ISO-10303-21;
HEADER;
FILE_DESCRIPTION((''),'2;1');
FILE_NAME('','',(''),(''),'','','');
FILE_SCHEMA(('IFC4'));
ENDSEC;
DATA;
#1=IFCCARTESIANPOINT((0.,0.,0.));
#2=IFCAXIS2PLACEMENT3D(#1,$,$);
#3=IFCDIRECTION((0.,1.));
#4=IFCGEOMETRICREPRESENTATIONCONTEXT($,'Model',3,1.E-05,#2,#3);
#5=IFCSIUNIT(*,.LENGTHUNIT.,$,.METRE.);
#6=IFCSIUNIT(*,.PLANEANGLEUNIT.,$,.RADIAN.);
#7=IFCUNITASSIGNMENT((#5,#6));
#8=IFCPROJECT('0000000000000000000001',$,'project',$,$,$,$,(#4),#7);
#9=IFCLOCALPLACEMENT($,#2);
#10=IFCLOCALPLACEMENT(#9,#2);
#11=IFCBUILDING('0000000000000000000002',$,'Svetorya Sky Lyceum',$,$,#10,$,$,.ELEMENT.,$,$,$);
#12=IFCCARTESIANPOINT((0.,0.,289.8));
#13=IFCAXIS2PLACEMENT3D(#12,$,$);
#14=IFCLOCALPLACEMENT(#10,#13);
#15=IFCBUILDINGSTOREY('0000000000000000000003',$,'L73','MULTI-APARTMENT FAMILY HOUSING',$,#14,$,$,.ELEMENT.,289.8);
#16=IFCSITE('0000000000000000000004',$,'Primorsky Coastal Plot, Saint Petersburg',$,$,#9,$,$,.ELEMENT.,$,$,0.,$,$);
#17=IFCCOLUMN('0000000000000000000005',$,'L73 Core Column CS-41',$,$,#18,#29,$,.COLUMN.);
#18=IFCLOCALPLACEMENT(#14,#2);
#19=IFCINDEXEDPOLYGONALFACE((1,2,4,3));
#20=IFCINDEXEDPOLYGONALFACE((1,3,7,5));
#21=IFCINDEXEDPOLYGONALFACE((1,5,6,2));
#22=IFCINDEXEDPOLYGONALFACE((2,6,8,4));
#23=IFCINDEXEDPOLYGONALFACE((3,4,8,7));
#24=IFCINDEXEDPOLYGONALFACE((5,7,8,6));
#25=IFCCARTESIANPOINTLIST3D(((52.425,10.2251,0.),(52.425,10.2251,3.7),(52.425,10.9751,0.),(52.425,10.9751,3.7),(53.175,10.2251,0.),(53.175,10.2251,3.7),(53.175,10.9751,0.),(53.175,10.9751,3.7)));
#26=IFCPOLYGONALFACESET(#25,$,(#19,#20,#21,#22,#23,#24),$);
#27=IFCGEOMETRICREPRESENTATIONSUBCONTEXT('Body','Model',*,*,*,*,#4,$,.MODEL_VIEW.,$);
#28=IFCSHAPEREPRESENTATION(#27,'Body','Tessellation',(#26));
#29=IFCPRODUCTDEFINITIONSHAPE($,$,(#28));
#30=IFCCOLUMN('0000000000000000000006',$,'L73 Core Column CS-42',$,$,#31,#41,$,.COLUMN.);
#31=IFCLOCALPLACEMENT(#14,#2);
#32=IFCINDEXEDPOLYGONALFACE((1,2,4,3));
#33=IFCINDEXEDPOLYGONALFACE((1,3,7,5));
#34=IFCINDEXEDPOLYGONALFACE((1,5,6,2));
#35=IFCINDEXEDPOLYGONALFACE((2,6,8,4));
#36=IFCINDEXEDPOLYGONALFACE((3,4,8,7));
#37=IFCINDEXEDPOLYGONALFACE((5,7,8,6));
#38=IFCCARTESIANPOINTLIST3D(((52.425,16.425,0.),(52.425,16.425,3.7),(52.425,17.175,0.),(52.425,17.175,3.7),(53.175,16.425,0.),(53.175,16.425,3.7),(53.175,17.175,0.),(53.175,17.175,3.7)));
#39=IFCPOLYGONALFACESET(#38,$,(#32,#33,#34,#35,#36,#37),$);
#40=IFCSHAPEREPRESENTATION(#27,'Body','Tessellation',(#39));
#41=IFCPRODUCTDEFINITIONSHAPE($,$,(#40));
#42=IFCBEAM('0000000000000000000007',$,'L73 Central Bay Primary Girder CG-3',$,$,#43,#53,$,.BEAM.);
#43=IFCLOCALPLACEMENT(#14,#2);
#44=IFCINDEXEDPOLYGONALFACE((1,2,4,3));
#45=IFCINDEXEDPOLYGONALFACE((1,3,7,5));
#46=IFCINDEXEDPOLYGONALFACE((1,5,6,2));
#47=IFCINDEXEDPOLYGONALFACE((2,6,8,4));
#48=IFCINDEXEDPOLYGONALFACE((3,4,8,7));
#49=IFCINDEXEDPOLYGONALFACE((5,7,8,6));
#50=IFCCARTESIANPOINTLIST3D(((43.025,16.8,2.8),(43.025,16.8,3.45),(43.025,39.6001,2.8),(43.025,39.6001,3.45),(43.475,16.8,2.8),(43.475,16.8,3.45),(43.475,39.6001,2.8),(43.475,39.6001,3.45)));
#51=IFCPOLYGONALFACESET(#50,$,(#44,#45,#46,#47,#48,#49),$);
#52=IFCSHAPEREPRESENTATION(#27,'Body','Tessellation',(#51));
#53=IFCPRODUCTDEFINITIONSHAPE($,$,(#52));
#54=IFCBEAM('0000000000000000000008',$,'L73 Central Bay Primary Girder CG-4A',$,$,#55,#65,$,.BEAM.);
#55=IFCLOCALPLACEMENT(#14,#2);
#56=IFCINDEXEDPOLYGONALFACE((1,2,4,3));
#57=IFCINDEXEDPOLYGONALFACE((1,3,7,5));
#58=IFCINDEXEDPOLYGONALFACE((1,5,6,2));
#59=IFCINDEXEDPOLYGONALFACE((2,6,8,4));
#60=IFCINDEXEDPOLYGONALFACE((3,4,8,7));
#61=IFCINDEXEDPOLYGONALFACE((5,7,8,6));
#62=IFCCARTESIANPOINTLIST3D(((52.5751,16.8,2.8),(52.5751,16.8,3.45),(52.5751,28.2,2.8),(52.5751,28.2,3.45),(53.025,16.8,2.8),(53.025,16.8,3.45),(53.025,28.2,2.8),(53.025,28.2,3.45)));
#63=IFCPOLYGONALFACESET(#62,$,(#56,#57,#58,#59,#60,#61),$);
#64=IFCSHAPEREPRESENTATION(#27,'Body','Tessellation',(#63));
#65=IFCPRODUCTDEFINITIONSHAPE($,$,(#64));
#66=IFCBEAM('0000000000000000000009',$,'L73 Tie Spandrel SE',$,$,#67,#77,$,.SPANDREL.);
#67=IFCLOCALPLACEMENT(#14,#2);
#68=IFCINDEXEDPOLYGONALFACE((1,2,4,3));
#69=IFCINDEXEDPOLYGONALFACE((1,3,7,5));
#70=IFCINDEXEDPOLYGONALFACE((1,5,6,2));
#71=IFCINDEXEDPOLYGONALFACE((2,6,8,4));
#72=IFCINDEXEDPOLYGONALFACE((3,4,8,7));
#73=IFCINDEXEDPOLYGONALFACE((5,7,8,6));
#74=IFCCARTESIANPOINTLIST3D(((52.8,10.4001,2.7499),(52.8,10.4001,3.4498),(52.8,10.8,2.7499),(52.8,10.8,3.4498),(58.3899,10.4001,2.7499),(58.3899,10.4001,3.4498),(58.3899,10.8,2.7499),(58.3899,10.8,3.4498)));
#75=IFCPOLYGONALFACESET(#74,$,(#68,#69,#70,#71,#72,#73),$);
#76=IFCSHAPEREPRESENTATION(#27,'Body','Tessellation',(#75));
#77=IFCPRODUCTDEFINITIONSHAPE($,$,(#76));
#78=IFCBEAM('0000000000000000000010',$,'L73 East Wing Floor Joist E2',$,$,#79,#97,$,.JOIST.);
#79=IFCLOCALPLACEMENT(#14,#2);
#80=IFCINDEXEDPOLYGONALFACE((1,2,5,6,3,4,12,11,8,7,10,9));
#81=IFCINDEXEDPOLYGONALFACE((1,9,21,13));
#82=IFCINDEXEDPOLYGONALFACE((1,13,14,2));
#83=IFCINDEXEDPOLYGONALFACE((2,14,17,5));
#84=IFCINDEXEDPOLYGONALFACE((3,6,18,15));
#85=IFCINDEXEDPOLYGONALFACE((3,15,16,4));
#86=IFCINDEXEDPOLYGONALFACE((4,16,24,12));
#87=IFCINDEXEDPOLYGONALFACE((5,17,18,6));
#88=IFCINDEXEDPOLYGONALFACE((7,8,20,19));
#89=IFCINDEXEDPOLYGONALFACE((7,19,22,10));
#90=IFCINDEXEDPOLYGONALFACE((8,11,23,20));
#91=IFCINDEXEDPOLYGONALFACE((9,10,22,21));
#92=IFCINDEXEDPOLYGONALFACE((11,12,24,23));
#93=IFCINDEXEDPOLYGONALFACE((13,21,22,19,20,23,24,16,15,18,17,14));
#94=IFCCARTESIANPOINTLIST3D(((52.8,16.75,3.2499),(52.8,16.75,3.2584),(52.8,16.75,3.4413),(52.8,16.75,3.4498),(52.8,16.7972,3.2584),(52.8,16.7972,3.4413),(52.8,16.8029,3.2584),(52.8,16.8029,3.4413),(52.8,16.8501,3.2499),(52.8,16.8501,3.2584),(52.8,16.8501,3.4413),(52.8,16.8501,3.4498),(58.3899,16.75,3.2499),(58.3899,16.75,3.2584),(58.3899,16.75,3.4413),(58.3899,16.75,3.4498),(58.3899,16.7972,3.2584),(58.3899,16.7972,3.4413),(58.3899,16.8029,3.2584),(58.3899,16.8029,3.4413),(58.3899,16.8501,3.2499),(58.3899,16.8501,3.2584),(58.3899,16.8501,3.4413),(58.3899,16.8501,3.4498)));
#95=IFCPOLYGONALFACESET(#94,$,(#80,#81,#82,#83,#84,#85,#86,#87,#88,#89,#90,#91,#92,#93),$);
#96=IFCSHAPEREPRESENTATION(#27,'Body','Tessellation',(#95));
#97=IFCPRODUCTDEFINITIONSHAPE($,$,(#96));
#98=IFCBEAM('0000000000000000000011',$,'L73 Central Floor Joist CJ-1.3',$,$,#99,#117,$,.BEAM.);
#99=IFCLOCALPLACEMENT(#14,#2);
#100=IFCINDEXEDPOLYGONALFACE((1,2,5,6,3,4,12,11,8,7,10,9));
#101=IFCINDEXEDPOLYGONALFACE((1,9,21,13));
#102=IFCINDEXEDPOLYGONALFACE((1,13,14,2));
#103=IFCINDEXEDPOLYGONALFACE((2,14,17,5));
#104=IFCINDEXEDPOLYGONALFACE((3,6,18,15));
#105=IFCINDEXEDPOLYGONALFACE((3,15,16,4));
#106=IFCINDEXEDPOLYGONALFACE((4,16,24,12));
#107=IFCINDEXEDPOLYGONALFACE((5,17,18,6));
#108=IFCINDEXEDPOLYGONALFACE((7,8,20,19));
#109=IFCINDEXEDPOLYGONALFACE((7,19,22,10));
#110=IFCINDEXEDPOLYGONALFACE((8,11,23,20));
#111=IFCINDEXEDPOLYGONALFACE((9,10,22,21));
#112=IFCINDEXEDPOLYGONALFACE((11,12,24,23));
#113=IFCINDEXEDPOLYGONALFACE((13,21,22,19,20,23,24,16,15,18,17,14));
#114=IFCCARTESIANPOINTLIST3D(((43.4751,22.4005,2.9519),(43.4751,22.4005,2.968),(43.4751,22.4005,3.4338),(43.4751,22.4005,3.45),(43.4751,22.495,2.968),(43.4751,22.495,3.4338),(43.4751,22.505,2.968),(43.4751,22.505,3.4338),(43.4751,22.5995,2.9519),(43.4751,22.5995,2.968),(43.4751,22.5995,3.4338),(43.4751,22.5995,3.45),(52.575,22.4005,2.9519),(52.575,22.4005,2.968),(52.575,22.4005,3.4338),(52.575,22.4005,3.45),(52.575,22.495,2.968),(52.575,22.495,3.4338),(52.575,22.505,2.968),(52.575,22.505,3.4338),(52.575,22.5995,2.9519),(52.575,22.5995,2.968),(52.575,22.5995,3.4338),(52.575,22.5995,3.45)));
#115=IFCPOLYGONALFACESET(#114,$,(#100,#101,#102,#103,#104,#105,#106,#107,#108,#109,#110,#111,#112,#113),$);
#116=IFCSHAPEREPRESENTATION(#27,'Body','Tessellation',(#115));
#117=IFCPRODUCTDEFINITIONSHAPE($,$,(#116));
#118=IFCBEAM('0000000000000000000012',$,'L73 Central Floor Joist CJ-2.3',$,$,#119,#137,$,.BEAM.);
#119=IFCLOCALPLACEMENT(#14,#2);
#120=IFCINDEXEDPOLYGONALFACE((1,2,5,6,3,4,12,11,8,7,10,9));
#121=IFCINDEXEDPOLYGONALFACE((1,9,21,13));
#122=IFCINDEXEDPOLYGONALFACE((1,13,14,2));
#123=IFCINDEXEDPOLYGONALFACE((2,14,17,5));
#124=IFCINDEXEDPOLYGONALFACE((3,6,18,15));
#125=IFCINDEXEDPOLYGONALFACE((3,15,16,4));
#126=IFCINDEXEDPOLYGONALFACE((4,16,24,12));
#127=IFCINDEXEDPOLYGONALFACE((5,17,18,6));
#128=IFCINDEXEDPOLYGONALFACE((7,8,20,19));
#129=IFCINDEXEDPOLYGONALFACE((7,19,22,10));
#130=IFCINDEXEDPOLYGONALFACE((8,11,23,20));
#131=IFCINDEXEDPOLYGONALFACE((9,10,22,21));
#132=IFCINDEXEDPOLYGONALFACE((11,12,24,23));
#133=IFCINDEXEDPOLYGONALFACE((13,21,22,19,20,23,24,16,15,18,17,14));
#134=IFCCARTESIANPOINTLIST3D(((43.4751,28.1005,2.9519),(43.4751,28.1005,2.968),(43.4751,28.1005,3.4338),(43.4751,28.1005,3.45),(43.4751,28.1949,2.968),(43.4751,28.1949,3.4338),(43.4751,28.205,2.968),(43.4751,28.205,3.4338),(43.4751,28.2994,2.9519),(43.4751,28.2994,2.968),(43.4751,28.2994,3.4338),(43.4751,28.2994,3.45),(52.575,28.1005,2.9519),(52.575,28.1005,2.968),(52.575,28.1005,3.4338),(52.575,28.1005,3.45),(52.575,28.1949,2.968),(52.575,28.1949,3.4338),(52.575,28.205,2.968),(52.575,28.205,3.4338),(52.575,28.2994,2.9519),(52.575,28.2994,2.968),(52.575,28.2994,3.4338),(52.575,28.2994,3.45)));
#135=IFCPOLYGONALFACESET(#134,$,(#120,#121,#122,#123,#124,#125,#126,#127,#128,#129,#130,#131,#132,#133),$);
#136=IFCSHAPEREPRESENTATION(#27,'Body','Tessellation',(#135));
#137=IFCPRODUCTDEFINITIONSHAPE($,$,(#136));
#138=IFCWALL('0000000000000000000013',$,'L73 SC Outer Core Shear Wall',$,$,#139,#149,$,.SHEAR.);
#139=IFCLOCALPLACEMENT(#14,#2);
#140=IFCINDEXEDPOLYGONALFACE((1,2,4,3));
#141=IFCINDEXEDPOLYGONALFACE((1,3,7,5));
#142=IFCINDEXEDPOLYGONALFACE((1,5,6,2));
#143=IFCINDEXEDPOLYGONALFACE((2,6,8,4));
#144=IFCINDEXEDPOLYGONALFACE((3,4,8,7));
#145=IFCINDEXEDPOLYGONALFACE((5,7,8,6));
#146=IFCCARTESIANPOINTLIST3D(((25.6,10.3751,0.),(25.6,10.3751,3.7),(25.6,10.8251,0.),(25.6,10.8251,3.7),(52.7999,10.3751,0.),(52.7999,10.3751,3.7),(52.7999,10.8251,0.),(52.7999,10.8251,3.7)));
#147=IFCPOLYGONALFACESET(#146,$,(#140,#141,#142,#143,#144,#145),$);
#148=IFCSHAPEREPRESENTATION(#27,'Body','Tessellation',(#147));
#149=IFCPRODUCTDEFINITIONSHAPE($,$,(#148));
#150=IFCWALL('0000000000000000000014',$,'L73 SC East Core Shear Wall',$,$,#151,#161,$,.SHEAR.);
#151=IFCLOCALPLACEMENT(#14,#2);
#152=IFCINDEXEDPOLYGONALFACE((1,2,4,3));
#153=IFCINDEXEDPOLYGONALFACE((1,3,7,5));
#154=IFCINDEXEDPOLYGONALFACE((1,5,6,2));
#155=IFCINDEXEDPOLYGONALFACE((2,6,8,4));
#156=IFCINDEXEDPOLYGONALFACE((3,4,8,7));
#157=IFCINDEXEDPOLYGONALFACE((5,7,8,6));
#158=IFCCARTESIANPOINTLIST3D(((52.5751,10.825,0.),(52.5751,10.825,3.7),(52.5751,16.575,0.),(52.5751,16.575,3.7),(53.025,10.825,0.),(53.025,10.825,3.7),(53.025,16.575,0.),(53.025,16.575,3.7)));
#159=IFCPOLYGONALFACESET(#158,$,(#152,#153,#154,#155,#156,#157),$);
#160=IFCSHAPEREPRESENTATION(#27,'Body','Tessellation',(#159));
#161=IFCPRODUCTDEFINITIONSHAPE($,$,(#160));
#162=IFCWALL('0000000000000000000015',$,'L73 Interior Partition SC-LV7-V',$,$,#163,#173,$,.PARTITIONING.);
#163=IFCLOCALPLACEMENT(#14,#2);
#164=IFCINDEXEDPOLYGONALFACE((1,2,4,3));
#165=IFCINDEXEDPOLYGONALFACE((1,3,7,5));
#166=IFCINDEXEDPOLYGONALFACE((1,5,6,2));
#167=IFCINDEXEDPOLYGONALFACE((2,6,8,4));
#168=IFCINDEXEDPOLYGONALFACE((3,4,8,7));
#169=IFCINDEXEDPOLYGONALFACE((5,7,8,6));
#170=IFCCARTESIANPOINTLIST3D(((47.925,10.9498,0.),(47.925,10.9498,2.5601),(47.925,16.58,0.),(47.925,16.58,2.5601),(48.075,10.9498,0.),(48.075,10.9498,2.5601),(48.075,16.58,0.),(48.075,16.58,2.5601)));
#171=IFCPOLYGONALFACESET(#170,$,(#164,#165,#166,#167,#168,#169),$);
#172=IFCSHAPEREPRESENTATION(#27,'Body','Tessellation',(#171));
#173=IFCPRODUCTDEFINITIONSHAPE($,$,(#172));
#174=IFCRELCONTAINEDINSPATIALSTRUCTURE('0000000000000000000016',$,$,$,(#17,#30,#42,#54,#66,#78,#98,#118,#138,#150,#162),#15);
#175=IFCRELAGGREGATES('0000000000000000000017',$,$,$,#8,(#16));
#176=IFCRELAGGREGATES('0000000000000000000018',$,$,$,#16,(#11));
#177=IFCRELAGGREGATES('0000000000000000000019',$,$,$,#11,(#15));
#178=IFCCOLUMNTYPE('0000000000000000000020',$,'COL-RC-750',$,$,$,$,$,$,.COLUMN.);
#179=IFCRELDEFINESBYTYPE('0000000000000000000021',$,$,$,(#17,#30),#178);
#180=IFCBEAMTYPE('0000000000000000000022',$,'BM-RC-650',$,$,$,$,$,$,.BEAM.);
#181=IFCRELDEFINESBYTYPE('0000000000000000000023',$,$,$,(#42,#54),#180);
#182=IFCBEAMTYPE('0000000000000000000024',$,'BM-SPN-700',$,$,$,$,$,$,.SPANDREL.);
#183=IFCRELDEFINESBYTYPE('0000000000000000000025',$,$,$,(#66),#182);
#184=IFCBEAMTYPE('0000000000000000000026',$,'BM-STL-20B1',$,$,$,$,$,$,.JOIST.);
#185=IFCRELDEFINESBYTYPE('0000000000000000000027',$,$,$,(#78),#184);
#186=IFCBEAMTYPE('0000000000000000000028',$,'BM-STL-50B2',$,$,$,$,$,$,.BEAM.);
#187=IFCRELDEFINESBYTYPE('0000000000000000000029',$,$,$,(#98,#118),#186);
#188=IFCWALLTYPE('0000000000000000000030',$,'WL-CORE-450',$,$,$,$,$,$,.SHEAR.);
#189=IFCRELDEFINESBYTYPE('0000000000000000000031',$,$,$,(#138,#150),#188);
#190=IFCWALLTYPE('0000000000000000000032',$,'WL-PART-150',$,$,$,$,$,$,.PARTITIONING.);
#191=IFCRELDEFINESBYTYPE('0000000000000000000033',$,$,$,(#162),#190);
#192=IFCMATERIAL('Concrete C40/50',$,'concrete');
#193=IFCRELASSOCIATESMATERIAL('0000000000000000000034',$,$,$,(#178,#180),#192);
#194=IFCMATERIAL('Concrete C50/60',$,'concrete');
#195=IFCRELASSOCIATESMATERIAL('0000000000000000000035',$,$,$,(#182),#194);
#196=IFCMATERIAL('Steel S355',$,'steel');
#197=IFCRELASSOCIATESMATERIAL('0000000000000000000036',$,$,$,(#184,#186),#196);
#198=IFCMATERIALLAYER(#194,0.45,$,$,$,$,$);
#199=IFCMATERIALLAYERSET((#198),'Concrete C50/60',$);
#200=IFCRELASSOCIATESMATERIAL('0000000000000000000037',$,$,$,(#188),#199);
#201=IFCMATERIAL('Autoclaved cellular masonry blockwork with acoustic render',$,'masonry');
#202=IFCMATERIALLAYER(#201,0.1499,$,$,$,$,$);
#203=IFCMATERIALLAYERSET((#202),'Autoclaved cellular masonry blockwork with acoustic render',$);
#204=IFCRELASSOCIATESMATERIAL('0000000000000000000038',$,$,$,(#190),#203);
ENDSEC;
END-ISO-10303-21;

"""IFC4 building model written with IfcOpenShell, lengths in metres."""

from ifc_helpers import new_model, si_unit, direction, frame, frame_2d, origin, origin_2d, place, context, subcontext, project, spatial, rectangle, i_section, extrude, material, layer, layer_set, material_profile, profile_set, type_object, element, save


model = new_model("IFC4")

# Units and contexts
model_context = context("Model", 3, precision=1e-05, world=origin(), true_north=direction((0.0, 1.0)))
body_context = subcontext(model_context, "Body", "Model", "MODEL_VIEW")
ifc_project = project(units=[si_unit("LENGTHUNIT", "METRE"), si_unit("PLANEANGLEUNIT", "RADIAN")], contexts=[model_context])

# Site, building, storey
site_placement = place(None, origin())
site = spatial("IfcSite", under=ifc_project, at=site_placement, Name="Primorsky Coastal Plot, Saint Petersburg", CompositionType="ELEMENT", RefElevation=0.0)
building_placement = place(site_placement, origin())
building = spatial("IfcBuilding", under=site, at=building_placement, Name="Svetorya Sky Lyceum", CompositionType="ELEMENT")
storey_placement = place(building_placement, frame((0.0, 0.0, 289.8)))
storey = spatial("IfcBuildingStorey", under=building, at=storey_placement, Name="L73", Description="MULTI-APARTMENT FAMILY HOUSING", CompositionType="ELEMENT", Elevation=289.8)

# Columns
ifc_material_1 = material(Name="Concrete C40/50", Category="concrete")
ifc_material_profile_1 = material_profile(ifc_material_1, rectangle(XDim=0.75, YDim=0.75, at=origin_2d()), Name="RC COL 750x750")
ifc_profile_set_1 = profile_set([ifc_material_profile_1], Name="Concrete C40/50")
column_type = type_object("IfcColumnType", Name="COL-RC-750", PredefinedType="COLUMN", material=ifc_profile_set_1)
for number, where, z_axis, x_axis, name in (
    (1, (52.8, 10.6001, 0.0), (0.0, 0.0, 1.0), (1.0, 0.0, 0.0), "L73 Core Column CS-41"),
    (2, (52.8, 16.8, 0.0), (0.0, 0.0, 1.0), (1.0, 0.0, 0.0), "L73 Core Column CS-42"),
):
    element("IfcColumn", number, at=place(storey_placement, frame(where, z_axis=z_axis, x_axis=x_axis)), inside=storey, type_object=column_type, Name=name, PredefinedType="COLUMN", context=body_context, shape_type="SweptSolid", body=[
        extrude(rectangle(XDim=0.75, YDim=0.75, at=origin_2d()), origin(), (0.0, 0.0, 1.0), 3.7),
    ])

# Beams
ifc_material_profile_2 = material_profile(ifc_material_1, rectangle(XDim=0.45, YDim=0.6499, at=origin_2d()), Name="RC BEAM 450x650")
ifc_profile_set_2 = profile_set([ifc_material_profile_2], Name="Concrete C40/50")
beam_type_1 = type_object("IfcBeamType", Name="BM-RC-650", PredefinedType="BEAM", material=ifc_profile_set_2)
beam_1_placement = place(storey_placement, frame((43.25, 16.8, 3.125), z_axis=(0.0, 1.0, 0.0), x_axis=(-1.0, 0.0, 0.0)))
element("IfcBeam", 3, at=beam_1_placement, inside=storey, type_object=beam_type_1, Name="L73 Central Bay Primary Girder CG-3", PredefinedType="BEAM", context=body_context, shape_type="SweptSolid", body=[
    extrude(rectangle(XDim=0.45, YDim=0.6499, at=origin_2d()), origin(), (0.0, 0.0, 1.0), 22.8),
])
beam_2_placement = place(storey_placement, frame((52.8, 16.8, 3.125), z_axis=(0.0, 1.0, 0.0), x_axis=(-1.0, 0.0, 0.0)))
element("IfcBeam", 4, at=beam_2_placement, inside=storey, type_object=beam_type_1, Name="L73 Central Bay Primary Girder CG-4A", PredefinedType="BEAM", context=body_context, shape_type="SweptSolid", body=[
    extrude(rectangle(XDim=0.45, YDim=0.6499, at=origin_2d()), origin(), (0.0, 0.0, 1.0), 11.3999),
])
ifc_material_2 = material(Name="Concrete C50/60", Category="concrete")
ifc_material_profile_3 = material_profile(ifc_material_2, rectangle(XDim=0.3999, YDim=0.7, at=origin_2d()), Name="RC SPANDREL 400x700")
ifc_profile_set_3 = profile_set([ifc_material_profile_3], Name="Concrete C50/60")
beam_type_2 = type_object("IfcBeamType", Name="BM-SPN-700", PredefinedType="SPANDREL", material=ifc_profile_set_3)
beam_3_placement = place(storey_placement, frame((52.8, 10.6001, 3.0999), z_axis=(1.0, 0.0, 0.0), x_axis=(0.0, 1.0, 0.0)))
element("IfcBeam", 5, at=beam_3_placement, inside=storey, type_object=beam_type_2, Name="L73 Tie Spandrel SE", PredefinedType="SPANDREL", context=body_context, shape_type="SweptSolid", body=[
    extrude(rectangle(XDim=0.3999, YDim=0.7, at=origin_2d()), origin(), (0.0, 0.0, 1.0), 5.5898),
])
ifc_material_3 = material(Name="Steel S355", Category="steel")
ifc_material_profile_4 = material_profile(ifc_material_3, i_section(OverallWidth=0.1001, OverallDepth=0.2, WebThickness=0.0056, FlangeThickness=0.0085, at=origin_2d()), Name="GOST 20B1")
ifc_profile_set_4 = profile_set([ifc_material_profile_4], Name="Steel S355")
beam_type_3 = type_object("IfcBeamType", Name="BM-STL-20B1", PredefinedType="JOIST", material=ifc_profile_set_4)
beam_4_placement = place(storey_placement, frame((52.8, 16.8, 3.3499), z_axis=(1.0, 0.0, 0.0), x_axis=(0.0, 1.0, 0.0)))
element("IfcBeam", 6, at=beam_4_placement, inside=storey, type_object=beam_type_3, Name="L73 East Wing Floor Joist E2", PredefinedType="JOIST", context=body_context, shape_type="SweptSolid", body=[
    extrude(i_section(OverallWidth=0.1001, OverallDepth=0.2, WebThickness=0.0056, FlangeThickness=0.0085, at=origin_2d()), origin(), (0.0, 0.0, 1.0), 5.5898),
])
ifc_material_profile_5 = material_profile(ifc_material_3, i_section(OverallWidth=0.199, OverallDepth=0.498, WebThickness=0.01, FlangeThickness=0.0161, at=origin_2d()), Name="GOST 50B2")
ifc_profile_set_5 = profile_set([ifc_material_profile_5], Name="Steel S355")
beam_type_4 = type_object("IfcBeamType", Name="BM-STL-50B2", PredefinedType="BEAM", material=ifc_profile_set_5)
for number, where, z_axis, x_axis, name in (
    (7, (43.4751, 22.5, 3.2009), (1.0, 0.0, 0.0), (0.0, 1.0, 0.0), "L73 Central Floor Joist CJ-1.3"),
    (8, (43.4751, 28.2, 3.2009), (1.0, 0.0, 0.0), (0.0, 1.0, 0.0), "L73 Central Floor Joist CJ-2.3"),
):
    element("IfcBeam", number, at=place(storey_placement, frame(where, z_axis=z_axis, x_axis=x_axis)), inside=storey, type_object=beam_type_4, Name=name, PredefinedType="BEAM", context=body_context, shape_type="SweptSolid", body=[
        extrude(i_section(OverallWidth=0.199, OverallDepth=0.498, WebThickness=0.01, FlangeThickness=0.0161, at=origin_2d()), origin(), (0.0, 0.0, 1.0), 9.0999),
    ])

# Walls
ifc_layer_1 = layer(ifc_material_2, 0.45)
ifc_layer_set_1 = layer_set([ifc_layer_1], Name="Concrete C50/60")
wall_type_1 = type_object("IfcWallType", Name="WL-CORE-450", PredefinedType="SHEAR", material=ifc_layer_set_1)
wall_1_placement = place(storey_placement, frame((52.8, 10.6001, 0.0), z_axis=(0.0, 0.0, 1.0), x_axis=(-1.0, 0.0, 0.0)))
element("IfcWall", 9, at=wall_1_placement, inside=storey, type_object=wall_type_1, Name="L73 SC Outer Core Shear Wall", PredefinedType="SHEAR", context=body_context, shape_type="SweptSolid", body=[
    extrude(rectangle(XDim=27.2, YDim=0.45, at=frame_2d((13.6001, 0.0))), origin(), (0.0, 0.0, 1.0), 3.7),
])
wall_2_placement = place(storey_placement, frame((52.8, 10.825, 0.0), z_axis=(0.0, 0.0, 1.0), x_axis=(0.0, 1.0, 0.0)))
element("IfcWall", 10, at=wall_2_placement, inside=storey, type_object=wall_type_1, Name="L73 SC East Core Shear Wall", PredefinedType="SHEAR", context=body_context, shape_type="SweptSolid", body=[
    extrude(rectangle(XDim=5.75, YDim=0.45, at=frame_2d((2.875, 0.0))), origin(), (0.0, 0.0, 1.0), 3.7),
])
ifc_material_4 = material(Name="Autoclaved cellular masonry blockwork with acoustic render", Category="masonry")
ifc_layer_2 = layer(ifc_material_4, 0.1499)
ifc_layer_set_2 = layer_set([ifc_layer_2], Name="Autoclaved cellular masonry blockwork with acoustic render")
wall_type_2 = type_object("IfcWallType", Name="WL-PART-150", PredefinedType="PARTITIONING", material=ifc_layer_set_2)
wall_3_placement = place(storey_placement, frame((48.0, 10.95, 0.0), z_axis=(0.0, 0.0, 1.0), x_axis=(0.0, 1.0, 0.0)))
element("IfcWall", 11, at=wall_3_placement, inside=storey, type_object=wall_type_2, Name="L73 Interior Partition SC-LV7-V", PredefinedType="PARTITIONING", context=body_context, shape_type="SweptSolid", body=[
    extrude(rectangle(XDim=5.6301, YDim=0.1499, at=frame_2d((2.8149, 0.0))), origin(), (0.0, 0.0, 1.0), 2.5601),
])

save(model, "model.ifc")
